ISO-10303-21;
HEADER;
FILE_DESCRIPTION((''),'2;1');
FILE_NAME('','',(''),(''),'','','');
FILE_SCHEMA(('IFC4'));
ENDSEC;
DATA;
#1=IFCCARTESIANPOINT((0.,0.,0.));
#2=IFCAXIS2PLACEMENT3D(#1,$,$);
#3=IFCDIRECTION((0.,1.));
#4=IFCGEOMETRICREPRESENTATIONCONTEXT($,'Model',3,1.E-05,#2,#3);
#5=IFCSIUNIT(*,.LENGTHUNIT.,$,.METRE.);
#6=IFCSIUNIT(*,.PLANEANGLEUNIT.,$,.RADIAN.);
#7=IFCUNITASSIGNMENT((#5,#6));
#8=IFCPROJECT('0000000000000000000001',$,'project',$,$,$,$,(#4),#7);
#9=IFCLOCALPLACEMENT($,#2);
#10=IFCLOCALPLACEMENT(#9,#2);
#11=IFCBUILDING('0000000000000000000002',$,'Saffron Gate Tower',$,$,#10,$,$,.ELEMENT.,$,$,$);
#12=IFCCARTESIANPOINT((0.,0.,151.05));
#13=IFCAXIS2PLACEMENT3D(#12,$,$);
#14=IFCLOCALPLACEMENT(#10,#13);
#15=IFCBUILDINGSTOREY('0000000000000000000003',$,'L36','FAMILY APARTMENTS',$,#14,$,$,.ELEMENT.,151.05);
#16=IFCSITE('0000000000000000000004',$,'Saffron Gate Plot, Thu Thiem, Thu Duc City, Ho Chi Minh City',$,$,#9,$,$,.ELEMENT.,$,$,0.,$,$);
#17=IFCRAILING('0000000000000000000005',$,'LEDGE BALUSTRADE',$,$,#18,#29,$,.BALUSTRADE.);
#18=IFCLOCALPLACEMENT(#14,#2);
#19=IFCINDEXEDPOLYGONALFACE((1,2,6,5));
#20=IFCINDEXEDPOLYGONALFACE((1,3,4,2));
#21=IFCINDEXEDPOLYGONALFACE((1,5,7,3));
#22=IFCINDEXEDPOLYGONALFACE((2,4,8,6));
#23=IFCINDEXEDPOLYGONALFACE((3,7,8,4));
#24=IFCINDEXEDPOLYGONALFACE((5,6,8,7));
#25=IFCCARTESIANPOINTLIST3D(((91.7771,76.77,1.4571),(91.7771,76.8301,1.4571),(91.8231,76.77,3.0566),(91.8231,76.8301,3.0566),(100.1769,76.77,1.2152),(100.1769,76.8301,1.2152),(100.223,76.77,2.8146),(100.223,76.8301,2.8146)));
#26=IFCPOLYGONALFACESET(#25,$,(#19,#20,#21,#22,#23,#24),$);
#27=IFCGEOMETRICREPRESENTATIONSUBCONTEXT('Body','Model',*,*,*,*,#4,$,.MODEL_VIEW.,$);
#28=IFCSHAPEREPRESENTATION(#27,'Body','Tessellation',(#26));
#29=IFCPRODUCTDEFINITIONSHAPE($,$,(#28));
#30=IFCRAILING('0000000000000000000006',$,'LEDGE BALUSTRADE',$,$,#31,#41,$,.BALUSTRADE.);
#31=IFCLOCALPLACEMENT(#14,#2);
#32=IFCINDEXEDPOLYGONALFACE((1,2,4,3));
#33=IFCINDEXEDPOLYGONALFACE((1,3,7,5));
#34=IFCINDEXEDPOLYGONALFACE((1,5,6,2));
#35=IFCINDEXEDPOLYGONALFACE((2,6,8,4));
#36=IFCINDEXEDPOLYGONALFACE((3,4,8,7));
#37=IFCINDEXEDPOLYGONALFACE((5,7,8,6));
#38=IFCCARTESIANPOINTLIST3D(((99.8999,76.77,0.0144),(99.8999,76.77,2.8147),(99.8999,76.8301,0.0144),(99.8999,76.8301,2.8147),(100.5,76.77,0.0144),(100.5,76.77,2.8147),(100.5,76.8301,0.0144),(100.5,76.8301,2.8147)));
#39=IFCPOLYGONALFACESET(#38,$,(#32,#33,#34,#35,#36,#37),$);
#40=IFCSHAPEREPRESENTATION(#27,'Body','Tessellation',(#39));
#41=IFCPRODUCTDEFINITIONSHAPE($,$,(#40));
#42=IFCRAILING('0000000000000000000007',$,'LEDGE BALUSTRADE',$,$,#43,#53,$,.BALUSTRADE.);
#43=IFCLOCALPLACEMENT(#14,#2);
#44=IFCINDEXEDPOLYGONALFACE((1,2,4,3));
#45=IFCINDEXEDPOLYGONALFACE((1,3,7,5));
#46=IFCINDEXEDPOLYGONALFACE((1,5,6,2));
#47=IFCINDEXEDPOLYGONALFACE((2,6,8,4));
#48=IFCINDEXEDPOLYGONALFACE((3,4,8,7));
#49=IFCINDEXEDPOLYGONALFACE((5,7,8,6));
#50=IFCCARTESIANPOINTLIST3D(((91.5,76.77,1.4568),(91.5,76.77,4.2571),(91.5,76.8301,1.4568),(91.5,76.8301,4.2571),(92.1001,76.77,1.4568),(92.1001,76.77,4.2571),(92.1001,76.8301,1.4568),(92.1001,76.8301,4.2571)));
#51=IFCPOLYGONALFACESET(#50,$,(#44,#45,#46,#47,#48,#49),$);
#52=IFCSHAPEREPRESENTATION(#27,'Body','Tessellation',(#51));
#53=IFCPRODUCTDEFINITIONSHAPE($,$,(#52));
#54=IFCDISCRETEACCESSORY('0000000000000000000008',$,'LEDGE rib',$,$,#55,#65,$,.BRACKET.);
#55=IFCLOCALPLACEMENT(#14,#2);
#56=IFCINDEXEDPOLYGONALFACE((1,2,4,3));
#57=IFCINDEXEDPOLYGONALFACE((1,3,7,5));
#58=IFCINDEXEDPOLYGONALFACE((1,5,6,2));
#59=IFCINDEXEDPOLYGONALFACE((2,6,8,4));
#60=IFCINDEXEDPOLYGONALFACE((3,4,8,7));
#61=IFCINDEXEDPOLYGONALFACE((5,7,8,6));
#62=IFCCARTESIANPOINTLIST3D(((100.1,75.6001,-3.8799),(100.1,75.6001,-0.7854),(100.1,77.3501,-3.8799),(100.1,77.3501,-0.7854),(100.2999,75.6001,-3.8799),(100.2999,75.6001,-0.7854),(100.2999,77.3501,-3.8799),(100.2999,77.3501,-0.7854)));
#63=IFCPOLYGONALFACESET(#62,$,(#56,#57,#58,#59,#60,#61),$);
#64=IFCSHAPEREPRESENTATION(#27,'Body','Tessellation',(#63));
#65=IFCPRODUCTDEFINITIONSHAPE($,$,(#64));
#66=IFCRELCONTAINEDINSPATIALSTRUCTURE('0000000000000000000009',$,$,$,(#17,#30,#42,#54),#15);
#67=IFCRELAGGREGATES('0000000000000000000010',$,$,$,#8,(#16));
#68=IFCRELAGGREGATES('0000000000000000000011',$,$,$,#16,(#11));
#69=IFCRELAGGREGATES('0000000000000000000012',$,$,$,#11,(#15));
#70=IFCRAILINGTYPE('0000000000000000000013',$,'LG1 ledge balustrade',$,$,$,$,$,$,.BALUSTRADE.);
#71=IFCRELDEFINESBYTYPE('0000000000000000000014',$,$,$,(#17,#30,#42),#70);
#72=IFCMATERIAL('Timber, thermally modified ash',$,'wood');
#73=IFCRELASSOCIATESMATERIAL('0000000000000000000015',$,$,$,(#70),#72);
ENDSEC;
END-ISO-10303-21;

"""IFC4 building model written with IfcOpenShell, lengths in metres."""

from ifc_helpers import new_model, si_unit, direction, frame, origin, origin_2d, place, context, subcontext, project, spatial, rectangle, extrude, material, type_object, element, save


model = new_model("IFC4")

# Units and contexts
model_context = context("Model", 3, precision=1e-05, world=origin(), true_north=direction((0.0, 1.0)))
body_context = subcontext(model_context, "Body", "Model", "MODEL_VIEW")
ifc_project = project(units=[si_unit("LENGTHUNIT", "METRE"), si_unit("PLANEANGLEUNIT", "RADIAN")], contexts=[model_context])

# Site, building, storey
site_placement = place(None, origin())
site = spatial("IfcSite", under=ifc_project, at=site_placement, Name="Saffron Gate Plot, Thu Thiem, Thu Duc City, Ho Chi Minh City", CompositionType="ELEMENT", RefElevation=0.0)
building_placement = place(site_placement, origin())
building = spatial("IfcBuilding", under=site, at=building_placement, Name="Saffron Gate Tower", CompositionType="ELEMENT")
storey_placement = place(building_placement, frame((0.0, 0.0, 151.05)))
storey = spatial("IfcBuildingStorey", under=building, at=storey_placement, Name="L36", Description="FAMILY APARTMENTS", CompositionType="ELEMENT", Elevation=151.05)

# Shared definitions
ifc_material_1 = material(Name="Timber, thermally modified ash", Category="wood")

# Railings
railing_type_1 = type_object("IfcRailingType", Name="LG1 ledge balustrade", PredefinedType="BALUSTRADE", material=ifc_material_1)
railing_1_placement = place(storey_placement, frame((100.2, 76.8, 1.2148)))
element("IfcRailing", 1, at=railing_1_placement, inside=storey, type_object=railing_type_1, Name="LEDGE BALUSTRADE", PredefinedType="BALUSTRADE", context=body_context, shape_type="SweptSolid", body=[
    extrude(rectangle(XDim=0.0601, YDim=1.6001, at=origin_2d()), frame((0.0, 0.0, 0.8), z_axis=(-0.999585, 0.0, 0.028791), x_axis=(0.0, -1.0, 0.0)), (0.0, 0.0, 1.0), 8.4033),
])
for number, where, name in (
    (2, (100.5, 76.8, 0.0144), "LEDGE BALUSTRADE"),
    (3, (92.1001, 76.8, 1.4568), "LEDGE BALUSTRADE"),
):
    element("IfcRailing", number, at=place(storey_placement, frame(where)), inside=storey, type_object=railing_type_1, Name=name, PredefinedType="BALUSTRADE", context=body_context, shape_type="SweptSolid", body=[
        extrude(rectangle(XDim=0.0601, YDim=2.8003, at=origin_2d()), frame((0.0, 0.0, 1.4001), z_axis=(-1.0, 0.0, 0.0), x_axis=(0.0, -1.0, 0.0)), (0.0, 0.0, 1.0), 0.6001),
    ])

# Discrete accessory
discrete_accessory_placement = place(storey_placement, frame((100.2, 76.4751, -3.8799), z_axis=(0.0, 0.0, 1.0), x_axis=(-1.0, 0.0, 0.0)))
element("IfcDiscreteAccessory", 4, at=discrete_accessory_placement, inside=storey, Name="LEDGE rib", PredefinedType="BRACKET", context=body_context, shape_type="SweptSolid", body=[
    extrude(rectangle(XDim=0.2, YDim=1.75, at=origin_2d()), origin(), (0.0, 0.0, 1.0), 3.0945),
])

save(model, "model.ifc")
